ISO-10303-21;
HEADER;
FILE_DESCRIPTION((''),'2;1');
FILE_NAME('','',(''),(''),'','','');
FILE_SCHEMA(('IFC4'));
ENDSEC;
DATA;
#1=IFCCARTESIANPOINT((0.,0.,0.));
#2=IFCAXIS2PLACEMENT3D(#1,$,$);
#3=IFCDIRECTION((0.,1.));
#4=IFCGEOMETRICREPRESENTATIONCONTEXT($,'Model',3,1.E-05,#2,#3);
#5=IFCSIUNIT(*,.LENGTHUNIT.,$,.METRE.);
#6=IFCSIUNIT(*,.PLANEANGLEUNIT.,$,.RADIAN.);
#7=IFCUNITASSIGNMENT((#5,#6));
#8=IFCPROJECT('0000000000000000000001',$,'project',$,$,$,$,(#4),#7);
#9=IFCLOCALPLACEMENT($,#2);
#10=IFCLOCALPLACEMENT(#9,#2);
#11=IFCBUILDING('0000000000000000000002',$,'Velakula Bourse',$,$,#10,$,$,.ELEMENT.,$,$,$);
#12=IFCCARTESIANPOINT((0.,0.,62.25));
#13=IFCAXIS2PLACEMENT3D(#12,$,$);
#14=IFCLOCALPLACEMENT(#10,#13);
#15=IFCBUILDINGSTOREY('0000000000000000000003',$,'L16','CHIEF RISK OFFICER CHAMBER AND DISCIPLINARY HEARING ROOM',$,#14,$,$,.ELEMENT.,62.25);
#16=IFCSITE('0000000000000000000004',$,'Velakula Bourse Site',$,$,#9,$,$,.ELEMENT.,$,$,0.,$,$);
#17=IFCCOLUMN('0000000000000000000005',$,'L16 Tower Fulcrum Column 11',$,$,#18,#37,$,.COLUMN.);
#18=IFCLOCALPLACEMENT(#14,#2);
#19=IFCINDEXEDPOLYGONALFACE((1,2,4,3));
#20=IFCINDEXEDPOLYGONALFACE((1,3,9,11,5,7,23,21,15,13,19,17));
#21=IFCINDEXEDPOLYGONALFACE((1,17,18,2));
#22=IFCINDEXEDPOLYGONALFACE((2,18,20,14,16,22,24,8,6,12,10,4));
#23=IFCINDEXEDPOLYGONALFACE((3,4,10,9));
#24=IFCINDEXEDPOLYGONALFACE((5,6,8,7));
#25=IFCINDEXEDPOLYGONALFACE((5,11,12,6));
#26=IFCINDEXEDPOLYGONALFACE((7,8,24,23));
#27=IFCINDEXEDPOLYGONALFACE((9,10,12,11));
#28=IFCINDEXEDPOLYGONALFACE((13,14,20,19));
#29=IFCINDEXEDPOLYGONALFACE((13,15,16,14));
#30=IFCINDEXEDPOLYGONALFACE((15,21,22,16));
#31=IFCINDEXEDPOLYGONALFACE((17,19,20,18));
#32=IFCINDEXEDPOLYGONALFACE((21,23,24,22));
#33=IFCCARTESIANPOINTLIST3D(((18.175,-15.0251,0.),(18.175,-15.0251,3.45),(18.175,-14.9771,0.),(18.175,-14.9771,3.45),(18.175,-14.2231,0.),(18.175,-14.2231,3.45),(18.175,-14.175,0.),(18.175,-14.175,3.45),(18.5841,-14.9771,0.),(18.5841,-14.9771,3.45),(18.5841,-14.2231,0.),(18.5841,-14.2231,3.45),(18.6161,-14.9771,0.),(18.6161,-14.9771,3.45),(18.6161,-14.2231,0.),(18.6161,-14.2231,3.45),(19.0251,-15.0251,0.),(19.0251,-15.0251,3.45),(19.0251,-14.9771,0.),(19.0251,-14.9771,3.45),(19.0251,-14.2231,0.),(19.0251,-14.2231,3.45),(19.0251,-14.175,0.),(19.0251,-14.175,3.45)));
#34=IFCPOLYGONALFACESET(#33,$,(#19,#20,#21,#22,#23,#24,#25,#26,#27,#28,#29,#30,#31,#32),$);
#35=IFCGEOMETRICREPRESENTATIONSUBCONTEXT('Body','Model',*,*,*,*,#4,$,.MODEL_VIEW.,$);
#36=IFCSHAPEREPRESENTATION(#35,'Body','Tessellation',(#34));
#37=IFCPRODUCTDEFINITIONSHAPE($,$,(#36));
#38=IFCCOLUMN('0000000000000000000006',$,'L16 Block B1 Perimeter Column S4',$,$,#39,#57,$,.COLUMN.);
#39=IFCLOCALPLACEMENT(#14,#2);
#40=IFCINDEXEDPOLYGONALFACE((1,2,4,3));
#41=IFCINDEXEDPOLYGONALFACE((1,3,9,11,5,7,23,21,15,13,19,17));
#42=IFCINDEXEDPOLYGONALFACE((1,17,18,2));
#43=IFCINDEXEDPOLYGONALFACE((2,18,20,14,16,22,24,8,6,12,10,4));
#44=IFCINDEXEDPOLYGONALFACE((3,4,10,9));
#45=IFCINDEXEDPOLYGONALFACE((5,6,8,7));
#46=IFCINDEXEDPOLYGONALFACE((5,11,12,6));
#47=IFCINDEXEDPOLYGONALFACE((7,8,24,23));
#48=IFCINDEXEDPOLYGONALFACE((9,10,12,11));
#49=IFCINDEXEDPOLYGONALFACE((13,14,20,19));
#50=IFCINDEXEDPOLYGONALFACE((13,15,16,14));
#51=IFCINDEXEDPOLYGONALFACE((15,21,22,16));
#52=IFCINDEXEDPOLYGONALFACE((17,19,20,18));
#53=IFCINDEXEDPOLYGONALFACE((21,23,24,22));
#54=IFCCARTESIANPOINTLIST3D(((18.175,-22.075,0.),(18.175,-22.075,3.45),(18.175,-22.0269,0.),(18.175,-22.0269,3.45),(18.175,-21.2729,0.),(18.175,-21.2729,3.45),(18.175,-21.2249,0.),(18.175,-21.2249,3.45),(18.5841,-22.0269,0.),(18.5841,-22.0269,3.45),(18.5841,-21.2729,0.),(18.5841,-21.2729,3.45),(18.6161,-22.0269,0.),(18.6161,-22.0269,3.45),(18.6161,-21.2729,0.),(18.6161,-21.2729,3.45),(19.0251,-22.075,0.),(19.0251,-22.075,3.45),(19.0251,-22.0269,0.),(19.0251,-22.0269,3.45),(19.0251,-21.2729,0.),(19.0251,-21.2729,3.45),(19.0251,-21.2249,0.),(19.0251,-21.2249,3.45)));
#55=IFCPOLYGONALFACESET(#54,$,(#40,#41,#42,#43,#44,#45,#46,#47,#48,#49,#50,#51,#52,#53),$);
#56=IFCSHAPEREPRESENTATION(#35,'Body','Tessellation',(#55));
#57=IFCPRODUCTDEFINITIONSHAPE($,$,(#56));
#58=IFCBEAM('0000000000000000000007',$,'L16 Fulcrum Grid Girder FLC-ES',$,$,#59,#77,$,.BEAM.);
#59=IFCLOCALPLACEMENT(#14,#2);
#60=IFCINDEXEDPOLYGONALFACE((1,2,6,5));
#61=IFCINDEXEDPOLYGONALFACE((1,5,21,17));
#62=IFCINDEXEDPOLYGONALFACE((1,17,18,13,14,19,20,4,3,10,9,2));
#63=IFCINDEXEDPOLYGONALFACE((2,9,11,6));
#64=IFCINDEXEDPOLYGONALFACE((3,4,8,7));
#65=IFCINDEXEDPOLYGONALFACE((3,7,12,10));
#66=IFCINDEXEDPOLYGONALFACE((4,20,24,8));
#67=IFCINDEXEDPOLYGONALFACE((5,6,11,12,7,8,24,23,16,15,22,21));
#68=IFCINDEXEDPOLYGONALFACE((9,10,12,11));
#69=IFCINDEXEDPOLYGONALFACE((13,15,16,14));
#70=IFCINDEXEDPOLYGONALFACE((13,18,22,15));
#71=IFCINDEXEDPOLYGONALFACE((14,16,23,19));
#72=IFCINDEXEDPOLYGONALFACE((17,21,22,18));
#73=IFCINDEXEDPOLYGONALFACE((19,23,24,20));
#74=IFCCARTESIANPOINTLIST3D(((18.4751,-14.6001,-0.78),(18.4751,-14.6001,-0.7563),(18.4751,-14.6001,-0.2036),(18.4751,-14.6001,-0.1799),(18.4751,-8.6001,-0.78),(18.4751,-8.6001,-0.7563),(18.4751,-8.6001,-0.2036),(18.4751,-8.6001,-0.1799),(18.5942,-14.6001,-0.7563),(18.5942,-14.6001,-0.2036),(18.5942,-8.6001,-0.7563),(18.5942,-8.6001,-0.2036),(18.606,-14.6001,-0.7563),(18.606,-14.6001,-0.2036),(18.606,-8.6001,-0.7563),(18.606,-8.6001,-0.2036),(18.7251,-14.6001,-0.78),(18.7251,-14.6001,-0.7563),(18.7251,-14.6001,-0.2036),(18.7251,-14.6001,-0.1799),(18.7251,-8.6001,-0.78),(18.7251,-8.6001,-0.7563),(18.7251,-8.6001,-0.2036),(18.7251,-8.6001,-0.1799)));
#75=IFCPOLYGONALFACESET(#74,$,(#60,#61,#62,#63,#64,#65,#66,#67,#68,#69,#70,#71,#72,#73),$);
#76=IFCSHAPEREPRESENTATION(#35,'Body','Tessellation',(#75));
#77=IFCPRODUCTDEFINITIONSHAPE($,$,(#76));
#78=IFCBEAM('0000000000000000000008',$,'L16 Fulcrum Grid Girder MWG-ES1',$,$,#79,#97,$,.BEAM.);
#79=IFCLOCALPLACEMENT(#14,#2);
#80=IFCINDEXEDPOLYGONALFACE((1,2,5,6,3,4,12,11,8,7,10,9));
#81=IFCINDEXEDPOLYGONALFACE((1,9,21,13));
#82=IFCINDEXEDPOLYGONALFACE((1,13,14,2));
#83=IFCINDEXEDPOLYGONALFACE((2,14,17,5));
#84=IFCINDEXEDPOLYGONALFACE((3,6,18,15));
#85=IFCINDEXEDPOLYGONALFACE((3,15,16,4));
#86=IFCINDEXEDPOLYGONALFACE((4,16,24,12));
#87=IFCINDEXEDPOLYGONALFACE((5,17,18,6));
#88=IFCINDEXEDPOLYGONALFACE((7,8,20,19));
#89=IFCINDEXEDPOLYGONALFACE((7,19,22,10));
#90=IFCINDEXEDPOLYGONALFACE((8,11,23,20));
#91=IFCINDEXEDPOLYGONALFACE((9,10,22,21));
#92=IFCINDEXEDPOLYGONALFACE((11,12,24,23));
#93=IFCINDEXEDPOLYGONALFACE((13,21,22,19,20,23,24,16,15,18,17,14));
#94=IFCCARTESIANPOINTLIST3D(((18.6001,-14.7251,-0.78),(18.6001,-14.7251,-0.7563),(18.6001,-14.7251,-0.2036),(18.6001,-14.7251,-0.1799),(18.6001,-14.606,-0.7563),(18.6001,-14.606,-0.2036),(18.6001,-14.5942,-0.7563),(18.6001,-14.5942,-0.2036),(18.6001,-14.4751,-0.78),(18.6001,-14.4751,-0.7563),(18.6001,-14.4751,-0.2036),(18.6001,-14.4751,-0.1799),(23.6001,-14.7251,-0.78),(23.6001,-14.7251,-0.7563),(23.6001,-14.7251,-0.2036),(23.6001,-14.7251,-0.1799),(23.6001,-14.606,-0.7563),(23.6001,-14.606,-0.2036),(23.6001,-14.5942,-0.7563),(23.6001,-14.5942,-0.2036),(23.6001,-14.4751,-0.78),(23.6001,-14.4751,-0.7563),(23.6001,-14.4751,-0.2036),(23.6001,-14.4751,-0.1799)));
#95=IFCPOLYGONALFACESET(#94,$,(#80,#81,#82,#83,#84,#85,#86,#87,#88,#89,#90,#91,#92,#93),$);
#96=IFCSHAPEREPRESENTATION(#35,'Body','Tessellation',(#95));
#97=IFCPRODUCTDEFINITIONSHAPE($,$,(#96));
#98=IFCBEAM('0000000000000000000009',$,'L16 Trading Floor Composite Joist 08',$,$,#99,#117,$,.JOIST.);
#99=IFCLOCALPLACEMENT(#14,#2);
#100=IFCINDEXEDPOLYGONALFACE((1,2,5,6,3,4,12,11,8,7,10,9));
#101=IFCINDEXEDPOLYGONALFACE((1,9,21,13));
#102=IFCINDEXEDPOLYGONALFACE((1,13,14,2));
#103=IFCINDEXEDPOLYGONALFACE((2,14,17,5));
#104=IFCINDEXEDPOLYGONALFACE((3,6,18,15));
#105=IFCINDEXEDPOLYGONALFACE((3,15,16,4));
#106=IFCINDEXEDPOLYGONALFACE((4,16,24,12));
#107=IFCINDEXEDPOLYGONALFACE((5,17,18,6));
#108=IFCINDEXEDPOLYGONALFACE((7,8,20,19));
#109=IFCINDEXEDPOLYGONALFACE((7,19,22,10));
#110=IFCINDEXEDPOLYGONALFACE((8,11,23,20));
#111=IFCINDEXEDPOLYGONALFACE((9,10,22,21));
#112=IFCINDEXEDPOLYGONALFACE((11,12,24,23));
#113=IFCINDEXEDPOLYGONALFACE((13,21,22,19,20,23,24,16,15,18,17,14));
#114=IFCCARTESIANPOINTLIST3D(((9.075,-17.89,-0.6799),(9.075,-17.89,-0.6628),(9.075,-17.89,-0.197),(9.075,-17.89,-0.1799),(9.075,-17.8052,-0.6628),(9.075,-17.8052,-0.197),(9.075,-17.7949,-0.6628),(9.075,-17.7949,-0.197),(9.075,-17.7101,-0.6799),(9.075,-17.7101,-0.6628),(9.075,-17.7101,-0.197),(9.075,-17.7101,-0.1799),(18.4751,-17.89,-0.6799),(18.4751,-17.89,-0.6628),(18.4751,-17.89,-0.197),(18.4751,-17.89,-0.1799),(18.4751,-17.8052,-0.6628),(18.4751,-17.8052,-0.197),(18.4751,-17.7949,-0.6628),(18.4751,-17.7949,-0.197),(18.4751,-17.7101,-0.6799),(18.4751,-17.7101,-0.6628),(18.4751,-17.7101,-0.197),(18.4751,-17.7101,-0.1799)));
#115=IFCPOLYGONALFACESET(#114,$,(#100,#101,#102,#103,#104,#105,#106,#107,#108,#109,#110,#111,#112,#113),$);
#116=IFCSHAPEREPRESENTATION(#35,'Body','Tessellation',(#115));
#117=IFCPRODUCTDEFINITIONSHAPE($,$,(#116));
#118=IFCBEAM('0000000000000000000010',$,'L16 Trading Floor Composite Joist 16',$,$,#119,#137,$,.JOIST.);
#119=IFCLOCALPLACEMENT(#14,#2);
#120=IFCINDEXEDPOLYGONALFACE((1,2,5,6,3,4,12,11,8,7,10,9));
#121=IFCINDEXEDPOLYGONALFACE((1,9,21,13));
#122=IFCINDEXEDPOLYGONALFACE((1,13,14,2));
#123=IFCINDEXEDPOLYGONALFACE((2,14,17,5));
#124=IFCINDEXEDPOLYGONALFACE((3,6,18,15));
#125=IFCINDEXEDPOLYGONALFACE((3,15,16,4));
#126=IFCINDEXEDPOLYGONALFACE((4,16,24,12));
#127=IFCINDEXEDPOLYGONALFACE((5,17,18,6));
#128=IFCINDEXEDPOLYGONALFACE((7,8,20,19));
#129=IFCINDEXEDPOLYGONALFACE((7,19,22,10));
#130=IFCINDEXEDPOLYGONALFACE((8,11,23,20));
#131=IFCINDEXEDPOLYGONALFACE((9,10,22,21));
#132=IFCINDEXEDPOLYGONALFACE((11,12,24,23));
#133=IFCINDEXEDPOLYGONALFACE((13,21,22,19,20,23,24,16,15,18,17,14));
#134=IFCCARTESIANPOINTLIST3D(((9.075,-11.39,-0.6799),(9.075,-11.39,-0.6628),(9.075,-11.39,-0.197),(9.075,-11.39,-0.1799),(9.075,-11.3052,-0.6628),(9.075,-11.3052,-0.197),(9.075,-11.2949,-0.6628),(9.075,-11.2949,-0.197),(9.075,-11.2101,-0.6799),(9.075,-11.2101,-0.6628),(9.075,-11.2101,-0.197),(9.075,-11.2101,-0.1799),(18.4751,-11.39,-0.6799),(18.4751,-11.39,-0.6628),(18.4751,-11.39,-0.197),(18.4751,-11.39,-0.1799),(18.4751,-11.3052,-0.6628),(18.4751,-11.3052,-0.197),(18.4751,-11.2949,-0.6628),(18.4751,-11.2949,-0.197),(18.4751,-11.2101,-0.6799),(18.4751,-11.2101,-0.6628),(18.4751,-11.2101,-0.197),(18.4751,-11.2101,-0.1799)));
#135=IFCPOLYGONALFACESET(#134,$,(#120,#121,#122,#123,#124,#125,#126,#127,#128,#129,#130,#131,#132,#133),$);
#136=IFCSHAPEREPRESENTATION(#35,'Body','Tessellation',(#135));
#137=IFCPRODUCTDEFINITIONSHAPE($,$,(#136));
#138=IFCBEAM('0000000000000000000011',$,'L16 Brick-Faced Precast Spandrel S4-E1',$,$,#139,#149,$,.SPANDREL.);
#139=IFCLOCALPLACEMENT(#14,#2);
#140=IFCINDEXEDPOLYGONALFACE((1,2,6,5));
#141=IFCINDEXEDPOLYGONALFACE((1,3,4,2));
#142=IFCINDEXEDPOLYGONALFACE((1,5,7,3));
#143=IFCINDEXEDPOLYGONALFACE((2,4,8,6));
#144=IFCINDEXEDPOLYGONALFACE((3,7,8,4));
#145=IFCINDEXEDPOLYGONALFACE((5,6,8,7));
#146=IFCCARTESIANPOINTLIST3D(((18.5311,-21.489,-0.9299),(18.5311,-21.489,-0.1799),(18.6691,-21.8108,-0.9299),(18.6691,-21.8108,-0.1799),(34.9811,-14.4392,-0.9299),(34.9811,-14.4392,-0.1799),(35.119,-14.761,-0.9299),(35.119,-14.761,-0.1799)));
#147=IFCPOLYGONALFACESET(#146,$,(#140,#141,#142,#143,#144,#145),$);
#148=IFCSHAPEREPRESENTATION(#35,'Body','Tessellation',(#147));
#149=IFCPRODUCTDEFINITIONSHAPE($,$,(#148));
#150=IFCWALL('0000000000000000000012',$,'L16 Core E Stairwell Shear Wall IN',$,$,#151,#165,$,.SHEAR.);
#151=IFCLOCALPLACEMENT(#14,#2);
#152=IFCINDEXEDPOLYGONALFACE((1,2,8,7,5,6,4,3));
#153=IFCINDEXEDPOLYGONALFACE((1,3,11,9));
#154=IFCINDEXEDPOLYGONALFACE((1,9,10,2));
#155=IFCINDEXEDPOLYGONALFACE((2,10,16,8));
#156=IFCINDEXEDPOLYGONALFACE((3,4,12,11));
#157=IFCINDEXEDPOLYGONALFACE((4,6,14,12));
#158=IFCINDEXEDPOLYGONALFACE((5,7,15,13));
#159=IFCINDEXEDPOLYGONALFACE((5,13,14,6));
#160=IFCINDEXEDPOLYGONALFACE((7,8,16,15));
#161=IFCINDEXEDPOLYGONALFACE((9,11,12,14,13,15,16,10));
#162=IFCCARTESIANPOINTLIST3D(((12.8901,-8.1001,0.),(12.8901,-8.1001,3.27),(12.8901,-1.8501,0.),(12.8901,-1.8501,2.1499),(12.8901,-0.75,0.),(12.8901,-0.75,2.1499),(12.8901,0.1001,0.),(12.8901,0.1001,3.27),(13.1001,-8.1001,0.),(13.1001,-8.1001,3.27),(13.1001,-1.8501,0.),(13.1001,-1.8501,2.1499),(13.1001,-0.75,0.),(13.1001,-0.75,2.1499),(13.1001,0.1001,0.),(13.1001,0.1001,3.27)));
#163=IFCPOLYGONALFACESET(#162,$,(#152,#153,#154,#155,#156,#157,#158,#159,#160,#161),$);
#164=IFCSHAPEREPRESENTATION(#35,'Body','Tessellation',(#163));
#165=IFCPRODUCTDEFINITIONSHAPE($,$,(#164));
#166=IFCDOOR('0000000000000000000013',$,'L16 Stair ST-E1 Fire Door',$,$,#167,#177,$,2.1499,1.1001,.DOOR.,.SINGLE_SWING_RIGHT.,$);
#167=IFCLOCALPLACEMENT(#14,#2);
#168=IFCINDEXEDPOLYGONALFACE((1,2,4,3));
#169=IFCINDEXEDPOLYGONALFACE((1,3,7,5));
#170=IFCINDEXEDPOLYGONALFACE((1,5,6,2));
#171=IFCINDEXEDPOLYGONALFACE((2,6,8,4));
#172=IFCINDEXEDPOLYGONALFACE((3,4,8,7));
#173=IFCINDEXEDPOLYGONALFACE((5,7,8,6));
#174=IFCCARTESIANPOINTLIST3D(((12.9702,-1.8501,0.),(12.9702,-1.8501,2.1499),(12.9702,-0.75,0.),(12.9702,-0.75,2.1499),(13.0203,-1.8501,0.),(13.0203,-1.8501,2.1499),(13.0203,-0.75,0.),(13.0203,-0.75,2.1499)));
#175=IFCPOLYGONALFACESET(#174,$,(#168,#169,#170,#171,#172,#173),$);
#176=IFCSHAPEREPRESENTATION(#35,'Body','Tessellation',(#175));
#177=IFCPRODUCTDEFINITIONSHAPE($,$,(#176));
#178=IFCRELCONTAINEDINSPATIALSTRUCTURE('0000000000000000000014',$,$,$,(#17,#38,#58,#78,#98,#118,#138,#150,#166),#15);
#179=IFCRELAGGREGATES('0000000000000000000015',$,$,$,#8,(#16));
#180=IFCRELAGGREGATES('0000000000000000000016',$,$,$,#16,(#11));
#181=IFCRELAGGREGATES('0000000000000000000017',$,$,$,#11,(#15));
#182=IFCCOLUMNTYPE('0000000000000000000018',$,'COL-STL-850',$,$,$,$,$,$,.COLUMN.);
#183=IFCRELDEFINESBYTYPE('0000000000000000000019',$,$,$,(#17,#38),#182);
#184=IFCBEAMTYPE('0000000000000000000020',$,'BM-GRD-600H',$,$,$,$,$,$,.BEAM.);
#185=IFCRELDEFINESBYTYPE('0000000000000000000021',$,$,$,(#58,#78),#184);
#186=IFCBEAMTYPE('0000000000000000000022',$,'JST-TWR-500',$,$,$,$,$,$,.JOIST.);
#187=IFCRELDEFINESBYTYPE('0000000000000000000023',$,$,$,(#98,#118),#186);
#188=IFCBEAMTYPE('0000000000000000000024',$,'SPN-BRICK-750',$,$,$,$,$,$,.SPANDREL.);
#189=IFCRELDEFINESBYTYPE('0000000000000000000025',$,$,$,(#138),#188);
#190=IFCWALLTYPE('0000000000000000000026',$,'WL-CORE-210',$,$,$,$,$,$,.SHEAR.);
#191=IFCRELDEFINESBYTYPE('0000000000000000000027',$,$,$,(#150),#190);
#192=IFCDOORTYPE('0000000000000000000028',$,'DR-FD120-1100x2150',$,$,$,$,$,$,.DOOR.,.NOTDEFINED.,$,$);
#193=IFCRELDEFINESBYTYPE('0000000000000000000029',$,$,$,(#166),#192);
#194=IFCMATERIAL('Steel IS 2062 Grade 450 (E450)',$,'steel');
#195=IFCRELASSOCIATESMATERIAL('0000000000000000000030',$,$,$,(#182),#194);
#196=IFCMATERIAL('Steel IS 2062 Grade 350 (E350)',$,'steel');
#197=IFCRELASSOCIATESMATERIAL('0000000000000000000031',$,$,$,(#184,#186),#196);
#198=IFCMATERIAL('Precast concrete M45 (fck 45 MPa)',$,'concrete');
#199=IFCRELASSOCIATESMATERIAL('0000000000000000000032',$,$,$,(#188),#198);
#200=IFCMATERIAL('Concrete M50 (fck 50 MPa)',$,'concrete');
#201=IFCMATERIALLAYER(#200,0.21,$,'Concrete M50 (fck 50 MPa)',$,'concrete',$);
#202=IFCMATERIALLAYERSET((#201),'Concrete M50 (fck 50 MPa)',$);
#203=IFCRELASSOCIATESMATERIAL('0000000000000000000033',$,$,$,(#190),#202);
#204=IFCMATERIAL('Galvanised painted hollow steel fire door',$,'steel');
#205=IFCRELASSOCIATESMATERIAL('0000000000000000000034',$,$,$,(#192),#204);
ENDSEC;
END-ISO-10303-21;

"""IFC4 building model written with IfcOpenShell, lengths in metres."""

from ifc_helpers import new_model, si_unit, direction, frame, frame_2d, origin, origin_2d, place, context, subcontext, project, spatial, rectangle, i_section, extrude, material, layer, layer_set, material_profile, profile_set, type_object, element, fill, save


model = new_model("IFC4")

# Units and contexts
model_context = context("Model", 3, precision=1e-05, world=origin(), true_north=direction((0.0, 1.0)))
body_context = subcontext(model_context, "Body", "Model", "MODEL_VIEW")
ifc_project = project(units=[si_unit("LENGTHUNIT", "METRE"), si_unit("PLANEANGLEUNIT", "RADIAN")], contexts=[model_context])

# Site, building, storey
site_placement = place(None, origin())
site = spatial("IfcSite", under=ifc_project, at=site_placement, Name="Velakula Bourse Site", CompositionType="ELEMENT", RefElevation=0.0)
building_placement = place(site_placement, origin())
building = spatial("IfcBuilding", under=site, at=building_placement, Name="Velakula Bourse", CompositionType="ELEMENT")
storey_placement = place(building_placement, frame((0.0, 0.0, 62.25)))
storey = spatial("IfcBuildingStorey", under=building, at=storey_placement, Name="L16", Description="CHIEF RISK OFFICER CHAMBER AND DISCIPLINARY HEARING ROOM", CompositionType="ELEMENT", Elevation=62.25)

# Columns
ifc_material_1 = material(Name="Steel IS 2062 Grade 450 (E450)", Category="steel")
ifc_material_profile_1 = material_profile(ifc_material_1, i_section(OverallWidth=0.8501, OverallDepth=0.8501, WebThickness=0.032, FlangeThickness=0.0481, at=origin_2d()), Name="Steel IS 2062 Grade 450 (E450)")
ifc_profile_set_1 = profile_set([ifc_material_profile_1], Name="Steel IS 2062 Grade 450 (E450)")
column_type = type_object("IfcColumnType", Name="COL-STL-850", PredefinedType="COLUMN", material=ifc_profile_set_1)
for number, where, z_axis, x_axis, name in (
    (1, (18.6001, -14.6001, 0.0), (0.0, 0.0, 1.0), (1.0, 0.0, 0.0), "L16 Tower Fulcrum Column 11"),
    (2, (18.6001, -21.6499, 0.0), (0.0, 0.0, 1.0), (1.0, 0.0, 0.0), "L16 Block B1 Perimeter Column S4"),
):
    element("IfcColumn", number, at=place(storey_placement, frame(where, z_axis=z_axis, x_axis=x_axis)), inside=storey, type_object=column_type, Name=name, PredefinedType="COLUMN", context=body_context, shape_type="SweptSolid", body=[
        extrude(i_section(OverallWidth=0.8501, OverallDepth=0.8501, WebThickness=0.032, FlangeThickness=0.0481, at=origin_2d()), origin(), (0.0, 0.0, 1.0), 3.45),
    ])

# Beams
ifc_material_2 = material(Name="Steel IS 2062 Grade 350 (E350)", Category="steel")
ifc_material_profile_2 = material_profile(ifc_material_2, i_section(OverallWidth=0.25, OverallDepth=0.6001, WebThickness=0.0117, FlangeThickness=0.0237, at=origin_2d()), Name="Steel IS 2062 Grade 350 (E350)")
ifc_profile_set_2 = profile_set([ifc_material_profile_2], Name="Steel IS 2062 Grade 350 (E350)")
beam_type_1 = type_object("IfcBeamType", Name="BM-GRD-600H", PredefinedType="BEAM", material=ifc_profile_set_2)
beam_1_placement = place(storey_placement, frame((18.6001, -14.6001, -0.48), z_axis=(0.0, 1.0, 0.0), x_axis=(-1.0, 0.0, 0.0)))
element("IfcBeam", 3, at=beam_1_placement, inside=storey, type_object=beam_type_1, Name="L16 Fulcrum Grid Girder FLC-ES", PredefinedType="BEAM", context=body_context, shape_type="SweptSolid", body=[
    extrude(i_section(OverallWidth=0.25, OverallDepth=0.6001, WebThickness=0.0117, FlangeThickness=0.0237, at=origin_2d()), origin(), (0.0, 0.0, 1.0), 6.0),
])
beam_2_placement = place(storey_placement, frame((18.6001, -14.6001, -0.48), z_axis=(1.0, 0.0, 0.0), x_axis=(0.0, 1.0, 0.0)))
element("IfcBeam", 4, at=beam_2_placement, inside=storey, type_object=beam_type_1, Name="L16 Fulcrum Grid Girder MWG-ES1", PredefinedType="BEAM", context=body_context, shape_type="SweptSolid", body=[
    extrude(i_section(OverallWidth=0.25, OverallDepth=0.6001, WebThickness=0.0117, FlangeThickness=0.0237, at=origin_2d()), origin(), (0.0, 0.0, 1.0), 5.0),
])
ifc_material_profile_3 = material_profile(ifc_material_2, i_section(OverallWidth=0.1799, OverallDepth=0.5, WebThickness=0.0103, FlangeThickness=0.0171, at=origin_2d()), Name="Steel IS 2062 Grade 350 (E350)")
ifc_profile_set_3 = profile_set([ifc_material_profile_3], Name="Steel IS 2062 Grade 350 (E350)")
beam_type_2 = type_object("IfcBeamType", Name="JST-TWR-500", PredefinedType="JOIST", material=ifc_profile_set_3)
for number, where, z_axis, x_axis, name in (
    (5, (9.075, -17.8, -0.4299), (1.0, 0.0, 0.0), (0.0, 1.0, 0.0), "L16 Trading Floor Composite Joist 08"),
    (6, (9.075, -11.3, -0.4299), (1.0, 0.0, 0.0), (0.0, 1.0, 0.0), "L16 Trading Floor Composite Joist 16"),
):
    element("IfcBeam", number, at=place(storey_placement, frame(where, z_axis=z_axis, x_axis=x_axis)), inside=storey, type_object=beam_type_2, Name=name, PredefinedType="JOIST", context=body_context, shape_type="SweptSolid", body=[
        extrude(i_section(OverallWidth=0.1799, OverallDepth=0.5, WebThickness=0.0103, FlangeThickness=0.0171, at=origin_2d()), origin(), (0.0, 0.0, 1.0), 9.4001),
    ])
ifc_material_3 = material(Name="Precast concrete M45 (fck 45 MPa)", Category="concrete")
ifc_material_profile_4 = material_profile(ifc_material_3, rectangle(XDim=0.3501, YDim=0.75, at=origin_2d()), Name="Precast concrete M45 (fck 45 MPa)")
ifc_profile_set_4 = profile_set([ifc_material_profile_4], Name="Precast concrete M45 (fck 45 MPa)")
beam_type_3 = type_object("IfcBeamType", Name="SPN-BRICK-750", PredefinedType="SPANDREL", material=ifc_profile_set_4)
beam_3_placement = place(storey_placement, frame((18.6001, -21.6499, -0.5549), z_axis=(0.919149, 0.393911, 0.0), x_axis=(-0.393911, 0.919149, 0.0)))
element("IfcBeam", 7, at=beam_3_placement, inside=storey, type_object=beam_type_3, Name="L16 Brick-Faced Precast Spandrel S4-E1", PredefinedType="SPANDREL", context=body_context, shape_type="SweptSolid", body=[
    extrude(rectangle(XDim=0.3501, YDim=0.75, at=origin_2d()), origin(), (0.0, 0.0, 1.0), 17.897),
])

# Wall, opening, door
ifc_material_4 = material(Name="Concrete M50 (fck 50 MPa)", Category="concrete")
ifc_layer_1 = layer(ifc_material_4, 0.21, Name="Concrete M50 (fck 50 MPa)", Category="concrete")
ifc_layer_set_1 = layer_set([ifc_layer_1], Name="Concrete M50 (fck 50 MPa)")
wall_type_1 = type_object("IfcWallType", Name="WL-CORE-210", PredefinedType="SHEAR", material=ifc_layer_set_1)
wall_1_placement = place(storey_placement, frame((12.9951, -8.1001, 0.0), z_axis=(0.0, 0.0, 1.0), x_axis=(0.0, 1.0, 0.0)))
wall_1 = element("IfcWall", 8, at=wall_1_placement, inside=storey, type_object=wall_type_1, Name="L16 Core E Stairwell Shear Wall IN", PredefinedType="SHEAR", context=body_context, shape_type="SweptSolid", body=[
    extrude(rectangle(XDim=8.2002, YDim=0.21, at=frame_2d((4.1001, 0.0))), origin(), (0.0, 0.0, 1.0), 3.27),
])
opening_1_placement = place(wall_1_placement, frame((6.25, 0.0, 0.0)))
opening_1 = element("IfcOpeningElement", 9, at=opening_1_placement, cuts=wall_1, PredefinedType="OPENING", context=body_context, shape_type="SweptSolid", body=[
    extrude(rectangle(XDim=1.1001, YDim=2.1499, at=frame_2d((0.55, 1.075))), frame((0.0, 0.115, 0.0), z_axis=(0.0, -1.0, 0.0), x_axis=(1.0, 0.0, 0.0)), (0.0, 0.0, 1.0), 0.23),
])
ifc_material_5 = material(Name="Galvanised painted hollow steel fire door", Category="steel")
door_type_1 = type_object("IfcDoorType", Name="DR-FD120-1100x2150", OperationType="NOTDEFINED", PredefinedType="DOOR", material=ifc_material_5)
door_1_placement = place(opening_1_placement, origin())
door_1 = element("IfcDoor", 10, at=door_1_placement, inside=storey, type_object=door_type_1, Name="L16 Stair ST-E1 Fire Door", OperationType="SINGLE_SWING_RIGHT", OverallHeight=2.1499, OverallWidth=1.1001, PredefinedType="DOOR", context=body_context, shape_type="SweptSolid", body=[
    extrude(rectangle(XDim=1.1001, YDim=2.1499, at=frame_2d((0.55, 1.075))), frame((0.0, 0.0249, 0.0), z_axis=(0.0, -1.0, 0.0), x_axis=(1.0, 0.0, 0.0)), (0.0, 0.0, 1.0), 0.05),
])
fill(opening_1, door_1)

save(model, "model.ifc")
